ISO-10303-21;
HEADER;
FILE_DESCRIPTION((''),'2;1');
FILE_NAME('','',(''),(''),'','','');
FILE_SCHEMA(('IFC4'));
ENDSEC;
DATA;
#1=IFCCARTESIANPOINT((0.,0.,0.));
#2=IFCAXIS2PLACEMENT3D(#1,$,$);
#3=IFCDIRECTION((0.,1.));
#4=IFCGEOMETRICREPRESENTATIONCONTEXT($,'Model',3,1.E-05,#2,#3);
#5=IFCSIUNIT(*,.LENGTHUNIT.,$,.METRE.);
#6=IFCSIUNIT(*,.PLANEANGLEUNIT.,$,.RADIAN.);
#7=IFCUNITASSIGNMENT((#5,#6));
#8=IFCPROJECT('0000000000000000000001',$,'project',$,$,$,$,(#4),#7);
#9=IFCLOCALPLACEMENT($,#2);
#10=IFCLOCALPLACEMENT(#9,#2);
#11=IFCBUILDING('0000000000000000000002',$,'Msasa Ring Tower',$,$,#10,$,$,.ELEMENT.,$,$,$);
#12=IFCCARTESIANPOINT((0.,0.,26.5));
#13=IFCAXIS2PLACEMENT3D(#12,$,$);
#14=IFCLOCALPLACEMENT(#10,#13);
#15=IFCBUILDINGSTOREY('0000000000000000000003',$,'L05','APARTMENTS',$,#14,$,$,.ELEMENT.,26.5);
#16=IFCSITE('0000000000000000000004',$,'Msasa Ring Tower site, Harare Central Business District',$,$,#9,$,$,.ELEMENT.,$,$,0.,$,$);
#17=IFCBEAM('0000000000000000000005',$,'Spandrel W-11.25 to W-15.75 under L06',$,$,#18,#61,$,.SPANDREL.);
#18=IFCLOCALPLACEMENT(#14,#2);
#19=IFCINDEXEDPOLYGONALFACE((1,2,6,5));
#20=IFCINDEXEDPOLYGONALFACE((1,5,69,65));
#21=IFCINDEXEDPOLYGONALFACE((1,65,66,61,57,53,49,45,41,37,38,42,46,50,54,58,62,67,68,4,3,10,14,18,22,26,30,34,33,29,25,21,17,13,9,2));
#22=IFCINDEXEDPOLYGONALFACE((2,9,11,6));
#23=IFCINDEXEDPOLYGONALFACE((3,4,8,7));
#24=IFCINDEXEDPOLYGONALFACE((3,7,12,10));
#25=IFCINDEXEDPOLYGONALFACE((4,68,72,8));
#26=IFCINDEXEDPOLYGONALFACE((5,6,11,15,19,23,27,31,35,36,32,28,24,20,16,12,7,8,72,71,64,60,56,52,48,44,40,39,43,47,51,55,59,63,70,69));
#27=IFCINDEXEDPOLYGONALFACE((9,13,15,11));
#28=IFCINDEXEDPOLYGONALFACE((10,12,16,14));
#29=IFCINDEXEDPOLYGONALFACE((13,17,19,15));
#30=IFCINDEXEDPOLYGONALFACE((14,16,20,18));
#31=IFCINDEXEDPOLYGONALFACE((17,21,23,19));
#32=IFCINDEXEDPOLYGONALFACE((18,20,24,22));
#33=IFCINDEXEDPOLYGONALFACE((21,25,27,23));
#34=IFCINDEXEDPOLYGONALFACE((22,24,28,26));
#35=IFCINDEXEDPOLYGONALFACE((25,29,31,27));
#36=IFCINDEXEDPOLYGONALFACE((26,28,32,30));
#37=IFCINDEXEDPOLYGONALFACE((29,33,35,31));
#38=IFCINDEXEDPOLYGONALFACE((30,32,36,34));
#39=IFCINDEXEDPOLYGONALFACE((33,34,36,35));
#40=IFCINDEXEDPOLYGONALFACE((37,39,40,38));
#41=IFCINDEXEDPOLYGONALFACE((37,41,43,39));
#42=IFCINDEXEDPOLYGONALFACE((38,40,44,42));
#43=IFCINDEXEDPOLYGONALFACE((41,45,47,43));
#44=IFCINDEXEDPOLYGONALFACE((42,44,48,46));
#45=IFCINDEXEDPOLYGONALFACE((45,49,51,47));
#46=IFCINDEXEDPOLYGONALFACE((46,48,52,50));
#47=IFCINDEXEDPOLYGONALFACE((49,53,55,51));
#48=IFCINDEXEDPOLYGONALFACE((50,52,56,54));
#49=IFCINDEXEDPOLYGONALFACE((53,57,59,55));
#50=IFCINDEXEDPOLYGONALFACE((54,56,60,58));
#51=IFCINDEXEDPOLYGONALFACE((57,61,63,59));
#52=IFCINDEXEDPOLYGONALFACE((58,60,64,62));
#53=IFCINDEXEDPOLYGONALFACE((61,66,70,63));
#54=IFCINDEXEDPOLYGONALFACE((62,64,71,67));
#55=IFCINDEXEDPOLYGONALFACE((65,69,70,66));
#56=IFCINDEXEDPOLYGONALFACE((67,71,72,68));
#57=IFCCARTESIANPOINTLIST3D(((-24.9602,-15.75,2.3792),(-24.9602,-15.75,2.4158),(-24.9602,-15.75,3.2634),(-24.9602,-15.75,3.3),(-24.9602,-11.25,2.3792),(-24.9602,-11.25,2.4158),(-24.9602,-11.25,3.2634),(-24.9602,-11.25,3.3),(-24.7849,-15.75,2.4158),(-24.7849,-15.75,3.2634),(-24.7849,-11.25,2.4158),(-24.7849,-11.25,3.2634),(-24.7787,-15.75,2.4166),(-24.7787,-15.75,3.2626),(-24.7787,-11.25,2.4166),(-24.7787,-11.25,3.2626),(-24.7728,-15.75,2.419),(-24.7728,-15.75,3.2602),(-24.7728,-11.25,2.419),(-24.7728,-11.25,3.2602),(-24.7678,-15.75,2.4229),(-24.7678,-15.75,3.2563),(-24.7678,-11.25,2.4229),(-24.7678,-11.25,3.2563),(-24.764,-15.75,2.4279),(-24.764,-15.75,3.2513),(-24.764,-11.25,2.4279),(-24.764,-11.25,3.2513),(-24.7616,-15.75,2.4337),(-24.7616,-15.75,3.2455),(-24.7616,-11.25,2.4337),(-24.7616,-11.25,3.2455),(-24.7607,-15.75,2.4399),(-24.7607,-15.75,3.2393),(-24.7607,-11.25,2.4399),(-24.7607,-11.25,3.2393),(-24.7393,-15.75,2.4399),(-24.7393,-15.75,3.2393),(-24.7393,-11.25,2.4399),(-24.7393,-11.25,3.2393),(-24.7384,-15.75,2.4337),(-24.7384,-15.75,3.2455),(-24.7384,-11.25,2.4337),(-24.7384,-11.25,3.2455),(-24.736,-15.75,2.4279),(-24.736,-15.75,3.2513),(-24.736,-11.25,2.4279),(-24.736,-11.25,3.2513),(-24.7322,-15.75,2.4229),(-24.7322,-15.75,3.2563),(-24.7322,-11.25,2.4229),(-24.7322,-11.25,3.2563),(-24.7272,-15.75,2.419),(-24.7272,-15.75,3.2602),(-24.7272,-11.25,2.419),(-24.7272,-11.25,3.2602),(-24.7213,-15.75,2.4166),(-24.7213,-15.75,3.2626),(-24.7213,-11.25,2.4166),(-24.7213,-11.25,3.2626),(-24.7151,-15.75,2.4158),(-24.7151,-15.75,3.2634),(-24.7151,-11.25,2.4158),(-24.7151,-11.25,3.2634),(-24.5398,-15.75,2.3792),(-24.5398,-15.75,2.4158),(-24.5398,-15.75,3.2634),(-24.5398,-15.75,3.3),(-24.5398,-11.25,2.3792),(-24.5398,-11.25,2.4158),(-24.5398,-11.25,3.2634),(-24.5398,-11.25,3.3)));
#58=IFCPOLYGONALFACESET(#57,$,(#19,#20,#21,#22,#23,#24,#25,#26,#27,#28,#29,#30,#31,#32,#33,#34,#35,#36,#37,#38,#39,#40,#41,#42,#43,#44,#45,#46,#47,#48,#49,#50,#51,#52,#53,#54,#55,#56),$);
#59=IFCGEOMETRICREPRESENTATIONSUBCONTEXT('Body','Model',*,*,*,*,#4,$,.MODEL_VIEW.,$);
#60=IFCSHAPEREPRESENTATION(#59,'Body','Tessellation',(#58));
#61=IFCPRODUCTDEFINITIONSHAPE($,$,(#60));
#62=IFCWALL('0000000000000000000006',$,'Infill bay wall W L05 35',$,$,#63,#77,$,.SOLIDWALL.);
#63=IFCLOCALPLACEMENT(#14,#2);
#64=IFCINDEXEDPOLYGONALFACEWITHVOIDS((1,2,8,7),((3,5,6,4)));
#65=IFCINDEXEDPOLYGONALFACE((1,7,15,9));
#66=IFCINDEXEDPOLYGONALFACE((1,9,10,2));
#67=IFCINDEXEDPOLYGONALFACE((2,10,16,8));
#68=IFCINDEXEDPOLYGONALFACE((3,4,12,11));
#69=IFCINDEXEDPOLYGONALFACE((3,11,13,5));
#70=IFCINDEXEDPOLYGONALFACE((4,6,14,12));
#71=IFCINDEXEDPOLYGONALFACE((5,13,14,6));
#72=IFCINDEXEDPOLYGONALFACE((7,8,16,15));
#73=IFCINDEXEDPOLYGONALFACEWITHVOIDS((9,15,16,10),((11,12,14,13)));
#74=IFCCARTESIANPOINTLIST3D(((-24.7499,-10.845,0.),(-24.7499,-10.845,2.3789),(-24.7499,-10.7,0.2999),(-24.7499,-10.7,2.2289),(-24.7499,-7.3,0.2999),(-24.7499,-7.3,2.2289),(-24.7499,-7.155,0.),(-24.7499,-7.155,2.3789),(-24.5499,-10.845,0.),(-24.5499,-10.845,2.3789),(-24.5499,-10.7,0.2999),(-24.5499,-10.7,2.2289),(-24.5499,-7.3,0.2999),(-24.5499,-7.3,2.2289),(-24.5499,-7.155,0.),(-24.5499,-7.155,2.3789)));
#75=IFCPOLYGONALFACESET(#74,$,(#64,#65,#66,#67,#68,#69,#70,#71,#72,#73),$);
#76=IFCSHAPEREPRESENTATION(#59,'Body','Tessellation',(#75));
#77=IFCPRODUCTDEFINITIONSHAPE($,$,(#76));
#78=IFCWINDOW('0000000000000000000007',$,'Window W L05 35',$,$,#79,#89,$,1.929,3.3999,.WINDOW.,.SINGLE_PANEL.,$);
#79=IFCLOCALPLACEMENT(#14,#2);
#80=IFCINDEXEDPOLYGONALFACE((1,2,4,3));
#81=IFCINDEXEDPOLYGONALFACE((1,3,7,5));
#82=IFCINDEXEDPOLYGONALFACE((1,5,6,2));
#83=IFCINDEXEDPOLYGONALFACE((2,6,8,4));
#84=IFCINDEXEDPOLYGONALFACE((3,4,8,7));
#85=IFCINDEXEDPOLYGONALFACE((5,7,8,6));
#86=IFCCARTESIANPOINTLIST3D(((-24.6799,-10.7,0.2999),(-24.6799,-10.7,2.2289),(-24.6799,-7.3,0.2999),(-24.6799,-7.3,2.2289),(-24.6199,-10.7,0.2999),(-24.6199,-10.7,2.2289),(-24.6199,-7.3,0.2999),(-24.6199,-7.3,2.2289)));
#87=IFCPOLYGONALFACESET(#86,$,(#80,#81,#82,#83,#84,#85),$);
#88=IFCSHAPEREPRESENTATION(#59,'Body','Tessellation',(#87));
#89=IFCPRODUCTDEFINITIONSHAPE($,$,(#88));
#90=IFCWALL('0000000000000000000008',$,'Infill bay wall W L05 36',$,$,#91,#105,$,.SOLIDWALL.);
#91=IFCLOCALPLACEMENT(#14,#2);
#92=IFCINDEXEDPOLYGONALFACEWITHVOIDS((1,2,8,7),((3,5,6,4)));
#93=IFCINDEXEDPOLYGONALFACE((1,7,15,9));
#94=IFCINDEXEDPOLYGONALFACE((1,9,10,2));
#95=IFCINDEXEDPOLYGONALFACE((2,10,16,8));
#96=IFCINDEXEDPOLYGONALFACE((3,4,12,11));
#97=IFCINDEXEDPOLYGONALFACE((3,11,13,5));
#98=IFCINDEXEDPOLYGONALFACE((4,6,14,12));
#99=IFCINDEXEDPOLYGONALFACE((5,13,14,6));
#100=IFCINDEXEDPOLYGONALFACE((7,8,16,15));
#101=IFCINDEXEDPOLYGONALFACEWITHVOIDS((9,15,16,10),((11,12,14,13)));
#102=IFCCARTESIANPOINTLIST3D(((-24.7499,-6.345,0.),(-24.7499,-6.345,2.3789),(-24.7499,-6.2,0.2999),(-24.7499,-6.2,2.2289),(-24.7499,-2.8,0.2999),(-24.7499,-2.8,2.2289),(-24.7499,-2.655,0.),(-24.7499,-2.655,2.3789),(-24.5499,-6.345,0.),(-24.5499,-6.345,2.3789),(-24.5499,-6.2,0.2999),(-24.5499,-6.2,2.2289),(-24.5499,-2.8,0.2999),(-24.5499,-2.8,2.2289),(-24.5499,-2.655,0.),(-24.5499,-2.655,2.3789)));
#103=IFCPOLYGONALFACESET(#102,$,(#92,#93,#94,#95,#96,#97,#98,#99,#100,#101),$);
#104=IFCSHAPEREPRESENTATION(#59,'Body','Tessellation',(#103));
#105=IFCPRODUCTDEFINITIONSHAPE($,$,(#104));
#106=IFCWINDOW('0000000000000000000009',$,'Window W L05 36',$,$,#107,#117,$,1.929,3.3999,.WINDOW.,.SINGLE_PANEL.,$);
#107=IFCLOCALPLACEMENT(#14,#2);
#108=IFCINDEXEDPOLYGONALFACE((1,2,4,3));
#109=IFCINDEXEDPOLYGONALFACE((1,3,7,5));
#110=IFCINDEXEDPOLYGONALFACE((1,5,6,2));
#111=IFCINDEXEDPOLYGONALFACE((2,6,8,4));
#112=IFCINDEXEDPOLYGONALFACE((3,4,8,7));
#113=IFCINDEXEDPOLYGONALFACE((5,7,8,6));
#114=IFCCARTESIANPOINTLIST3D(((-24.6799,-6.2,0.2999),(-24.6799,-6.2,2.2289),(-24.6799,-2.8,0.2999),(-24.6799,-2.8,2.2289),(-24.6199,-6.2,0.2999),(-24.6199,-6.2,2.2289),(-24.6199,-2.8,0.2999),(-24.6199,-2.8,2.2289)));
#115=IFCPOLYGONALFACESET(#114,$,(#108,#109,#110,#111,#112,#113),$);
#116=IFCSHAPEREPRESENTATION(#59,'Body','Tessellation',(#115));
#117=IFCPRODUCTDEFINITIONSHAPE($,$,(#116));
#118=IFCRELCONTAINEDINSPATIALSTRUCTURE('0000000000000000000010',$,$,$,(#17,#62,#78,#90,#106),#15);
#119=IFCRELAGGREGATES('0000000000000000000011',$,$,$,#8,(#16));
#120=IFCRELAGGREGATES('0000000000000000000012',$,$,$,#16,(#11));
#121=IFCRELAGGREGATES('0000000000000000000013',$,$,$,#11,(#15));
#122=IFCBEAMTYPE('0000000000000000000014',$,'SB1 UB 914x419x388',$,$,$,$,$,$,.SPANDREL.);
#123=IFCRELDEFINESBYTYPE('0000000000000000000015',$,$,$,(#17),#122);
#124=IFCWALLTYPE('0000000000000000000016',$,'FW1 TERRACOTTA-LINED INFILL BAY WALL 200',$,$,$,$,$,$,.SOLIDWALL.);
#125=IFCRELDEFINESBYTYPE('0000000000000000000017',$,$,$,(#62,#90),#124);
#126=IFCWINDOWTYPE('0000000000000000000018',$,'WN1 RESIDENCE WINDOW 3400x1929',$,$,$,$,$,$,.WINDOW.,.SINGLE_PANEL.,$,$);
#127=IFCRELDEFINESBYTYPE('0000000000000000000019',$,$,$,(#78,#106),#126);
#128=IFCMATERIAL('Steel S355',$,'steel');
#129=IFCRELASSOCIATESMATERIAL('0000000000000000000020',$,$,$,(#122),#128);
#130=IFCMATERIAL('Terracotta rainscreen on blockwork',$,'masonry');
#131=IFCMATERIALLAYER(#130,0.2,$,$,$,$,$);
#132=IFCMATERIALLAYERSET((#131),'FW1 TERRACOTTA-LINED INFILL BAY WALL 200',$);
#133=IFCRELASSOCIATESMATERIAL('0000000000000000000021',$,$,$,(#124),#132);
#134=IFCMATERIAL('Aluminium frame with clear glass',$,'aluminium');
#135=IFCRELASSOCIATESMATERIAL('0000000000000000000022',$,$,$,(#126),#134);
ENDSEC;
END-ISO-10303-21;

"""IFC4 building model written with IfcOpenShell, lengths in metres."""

from ifc_helpers import new_model, si_unit, direction, frame, frame_2d, origin, origin_2d, place, context, subcontext, project, spatial, rectangle, i_section, extrude, material, layer, layer_set, material_profile, profile_set, type_object, element, fill, save


model = new_model("IFC4")

# Units and contexts
model_context = context("Model", 3, precision=1e-05, world=origin(), true_north=direction((0.0, 1.0)))
body_context = subcontext(model_context, "Body", "Model", "MODEL_VIEW")
ifc_project = project(units=[si_unit("LENGTHUNIT", "METRE"), si_unit("PLANEANGLEUNIT", "RADIAN")], contexts=[model_context])

# Site, building, storey
site_placement = place(None, origin())
site = spatial("IfcSite", under=ifc_project, at=site_placement, Name="Msasa Ring Tower site, Harare Central Business District", CompositionType="ELEMENT", RefElevation=0.0)
building_placement = place(site_placement, origin())
building = spatial("IfcBuilding", under=site, at=building_placement, Name="Msasa Ring Tower", CompositionType="ELEMENT")
storey_placement = place(building_placement, frame((0.0, 0.0, 26.5)))
storey = spatial("IfcBuildingStorey", under=building, at=storey_placement, Name="L05", Description="APARTMENTS", CompositionType="ELEMENT", Elevation=26.5)

# Beam
ifc_material_1 = material(Name="Steel S355", Category="steel")
ifc_material_profile_1 = material_profile(ifc_material_1, i_section(OverallWidth=0.4204, OverallDepth=0.9209, WebThickness=0.0215, FlangeThickness=0.0366, FilletRadius=0.0242, at=origin_2d()), Name="UB 914x419x388")
ifc_profile_set_1 = profile_set([ifc_material_profile_1], Name="Steel S355")
beam_type_1 = type_object("IfcBeamType", Name="SB1 UB 914x419x388", PredefinedType="SPANDREL", material=ifc_profile_set_1)
for number, where, z_axis, x_axis, name in (
    (1, (-24.75, -11.25, 2.8396), (0.0, -1.0, 0.0), (1.0, 0.0, 0.0), "Spandrel W-11.25 to W-15.75 under L06"),
):
    element("IfcBeam", number, at=place(storey_placement, frame(where, z_axis=z_axis, x_axis=x_axis)), inside=storey, type_object=beam_type_1, Name=name, PredefinedType="SPANDREL", context=body_context, shape_type="SweptSolid", body=[
        extrude(i_section(OverallWidth=0.4204, OverallDepth=0.9209, WebThickness=0.0215, FlangeThickness=0.0366, FilletRadius=0.0242, at=origin_2d()), origin(), (0.0, 0.0, 1.0), 4.5),
    ])

# Walls, openings, windows
ifc_material_2 = material(Name="Terracotta rainscreen on blockwork", Category="masonry")
ifc_layer = layer(ifc_material_2, 0.2)
ifc_layer_set = layer_set([ifc_layer], Name="FW1 TERRACOTTA-LINED INFILL BAY WALL 200")
wall_type = type_object("IfcWallType", Name="FW1 TERRACOTTA-LINED INFILL BAY WALL 200", PredefinedType="SOLIDWALL", material=ifc_layer_set)
wall_1_placement = place(storey_placement, frame((-24.6499, -10.845, 0.0), z_axis=(0.0, 0.0, 1.0), x_axis=(0.0, 1.0, 0.0)))
wall_1 = element("IfcWall", 2, at=wall_1_placement, inside=storey, type_object=wall_type, Name="Infill bay wall W L05 35", PredefinedType="SOLIDWALL", context=body_context, shape_type="SweptSolid", body=[
    extrude(rectangle(XDim=3.6899, YDim=0.2, at=frame_2d((1.845, 0.0))), origin(), (0.0, 0.0, 1.0), 2.3789),
])
opening_1_placement = place(wall_1_placement, frame((0.145, 0.0, 0.3)))
opening_1 = element("IfcOpeningElement", 3, at=opening_1_placement, cuts=wall_1, PredefinedType="OPENING", context=body_context, shape_type="SweptSolid", body=[
    extrude(rectangle(XDim=3.3999, YDim=1.929, at=frame_2d((1.7, 0.9644))), frame((0.0, 0.1099, 0.0), z_axis=(0.0, -1.0, 0.0), x_axis=(1.0, 0.0, 0.0)), (0.0, 0.0, 1.0), 0.22),
])
ifc_material_3 = material(Name="Aluminium frame with clear glass", Category="aluminium")
window_type = type_object("IfcWindowType", Name="WN1 RESIDENCE WINDOW 3400x1929", PartitioningType="SINGLE_PANEL", PredefinedType="WINDOW", material=ifc_material_3)
window_1_placement = place(opening_1_placement, origin())
window_1 = element("IfcWindow", 4, at=window_1_placement, inside=storey, type_object=window_type, Name="Window W L05 35", OverallHeight=1.929, OverallWidth=3.3999, PartitioningType="SINGLE_PANEL", PredefinedType="WINDOW", context=body_context, shape_type="SweptSolid", body=[
    extrude(rectangle(XDim=3.3999, YDim=1.929, at=frame_2d((1.7, 0.9644))), frame((0.0, 0.03, 0.0), z_axis=(0.0, -1.0, 0.0), x_axis=(1.0, 0.0, 0.0)), (0.0, 0.0, 1.0), 0.0601),
])
fill(opening_1, window_1)
wall_2_placement = place(storey_placement, frame((-24.6499, -6.345, 0.0), z_axis=(0.0, 0.0, 1.0), x_axis=(0.0, 1.0, 0.0)))
wall_2 = element("IfcWall", 5, at=wall_2_placement, inside=storey, type_object=wall_type, Name="Infill bay wall W L05 36", PredefinedType="SOLIDWALL", context=body_context, shape_type="SweptSolid", body=[
    extrude(rectangle(XDim=3.6899, YDim=0.2, at=frame_2d((1.845, 0.0))), origin(), (0.0, 0.0, 1.0), 2.3789),
])
opening_2_placement = place(wall_2_placement, frame((0.145, 0.0, 0.3)))
opening_2 = element("IfcOpeningElement", 6, at=opening_2_placement, cuts=wall_2, PredefinedType="OPENING", context=body_context, shape_type="SweptSolid", body=[
    extrude(rectangle(XDim=3.3999, YDim=1.929, at=frame_2d((1.7, 0.9644))), frame((0.0, 0.1099, 0.0), z_axis=(0.0, -1.0, 0.0), x_axis=(1.0, 0.0, 0.0)), (0.0, 0.0, 1.0), 0.22),
])
window_2_placement = place(opening_2_placement, origin())
window_2 = element("IfcWindow", 7, at=window_2_placement, inside=storey, type_object=window_type, Name="Window W L05 36", OverallHeight=1.929, OverallWidth=3.3999, PartitioningType="SINGLE_PANEL", PredefinedType="WINDOW", context=body_context, shape_type="SweptSolid", body=[
    extrude(rectangle(XDim=3.3999, YDim=1.929, at=frame_2d((1.7, 0.9644))), frame((0.0, 0.03, 0.0), z_axis=(0.0, -1.0, 0.0), x_axis=(1.0, 0.0, 0.0)), (0.0, 0.0, 1.0), 0.0601),
])
fill(opening_2, window_2)

save(model, "model.ifc")
